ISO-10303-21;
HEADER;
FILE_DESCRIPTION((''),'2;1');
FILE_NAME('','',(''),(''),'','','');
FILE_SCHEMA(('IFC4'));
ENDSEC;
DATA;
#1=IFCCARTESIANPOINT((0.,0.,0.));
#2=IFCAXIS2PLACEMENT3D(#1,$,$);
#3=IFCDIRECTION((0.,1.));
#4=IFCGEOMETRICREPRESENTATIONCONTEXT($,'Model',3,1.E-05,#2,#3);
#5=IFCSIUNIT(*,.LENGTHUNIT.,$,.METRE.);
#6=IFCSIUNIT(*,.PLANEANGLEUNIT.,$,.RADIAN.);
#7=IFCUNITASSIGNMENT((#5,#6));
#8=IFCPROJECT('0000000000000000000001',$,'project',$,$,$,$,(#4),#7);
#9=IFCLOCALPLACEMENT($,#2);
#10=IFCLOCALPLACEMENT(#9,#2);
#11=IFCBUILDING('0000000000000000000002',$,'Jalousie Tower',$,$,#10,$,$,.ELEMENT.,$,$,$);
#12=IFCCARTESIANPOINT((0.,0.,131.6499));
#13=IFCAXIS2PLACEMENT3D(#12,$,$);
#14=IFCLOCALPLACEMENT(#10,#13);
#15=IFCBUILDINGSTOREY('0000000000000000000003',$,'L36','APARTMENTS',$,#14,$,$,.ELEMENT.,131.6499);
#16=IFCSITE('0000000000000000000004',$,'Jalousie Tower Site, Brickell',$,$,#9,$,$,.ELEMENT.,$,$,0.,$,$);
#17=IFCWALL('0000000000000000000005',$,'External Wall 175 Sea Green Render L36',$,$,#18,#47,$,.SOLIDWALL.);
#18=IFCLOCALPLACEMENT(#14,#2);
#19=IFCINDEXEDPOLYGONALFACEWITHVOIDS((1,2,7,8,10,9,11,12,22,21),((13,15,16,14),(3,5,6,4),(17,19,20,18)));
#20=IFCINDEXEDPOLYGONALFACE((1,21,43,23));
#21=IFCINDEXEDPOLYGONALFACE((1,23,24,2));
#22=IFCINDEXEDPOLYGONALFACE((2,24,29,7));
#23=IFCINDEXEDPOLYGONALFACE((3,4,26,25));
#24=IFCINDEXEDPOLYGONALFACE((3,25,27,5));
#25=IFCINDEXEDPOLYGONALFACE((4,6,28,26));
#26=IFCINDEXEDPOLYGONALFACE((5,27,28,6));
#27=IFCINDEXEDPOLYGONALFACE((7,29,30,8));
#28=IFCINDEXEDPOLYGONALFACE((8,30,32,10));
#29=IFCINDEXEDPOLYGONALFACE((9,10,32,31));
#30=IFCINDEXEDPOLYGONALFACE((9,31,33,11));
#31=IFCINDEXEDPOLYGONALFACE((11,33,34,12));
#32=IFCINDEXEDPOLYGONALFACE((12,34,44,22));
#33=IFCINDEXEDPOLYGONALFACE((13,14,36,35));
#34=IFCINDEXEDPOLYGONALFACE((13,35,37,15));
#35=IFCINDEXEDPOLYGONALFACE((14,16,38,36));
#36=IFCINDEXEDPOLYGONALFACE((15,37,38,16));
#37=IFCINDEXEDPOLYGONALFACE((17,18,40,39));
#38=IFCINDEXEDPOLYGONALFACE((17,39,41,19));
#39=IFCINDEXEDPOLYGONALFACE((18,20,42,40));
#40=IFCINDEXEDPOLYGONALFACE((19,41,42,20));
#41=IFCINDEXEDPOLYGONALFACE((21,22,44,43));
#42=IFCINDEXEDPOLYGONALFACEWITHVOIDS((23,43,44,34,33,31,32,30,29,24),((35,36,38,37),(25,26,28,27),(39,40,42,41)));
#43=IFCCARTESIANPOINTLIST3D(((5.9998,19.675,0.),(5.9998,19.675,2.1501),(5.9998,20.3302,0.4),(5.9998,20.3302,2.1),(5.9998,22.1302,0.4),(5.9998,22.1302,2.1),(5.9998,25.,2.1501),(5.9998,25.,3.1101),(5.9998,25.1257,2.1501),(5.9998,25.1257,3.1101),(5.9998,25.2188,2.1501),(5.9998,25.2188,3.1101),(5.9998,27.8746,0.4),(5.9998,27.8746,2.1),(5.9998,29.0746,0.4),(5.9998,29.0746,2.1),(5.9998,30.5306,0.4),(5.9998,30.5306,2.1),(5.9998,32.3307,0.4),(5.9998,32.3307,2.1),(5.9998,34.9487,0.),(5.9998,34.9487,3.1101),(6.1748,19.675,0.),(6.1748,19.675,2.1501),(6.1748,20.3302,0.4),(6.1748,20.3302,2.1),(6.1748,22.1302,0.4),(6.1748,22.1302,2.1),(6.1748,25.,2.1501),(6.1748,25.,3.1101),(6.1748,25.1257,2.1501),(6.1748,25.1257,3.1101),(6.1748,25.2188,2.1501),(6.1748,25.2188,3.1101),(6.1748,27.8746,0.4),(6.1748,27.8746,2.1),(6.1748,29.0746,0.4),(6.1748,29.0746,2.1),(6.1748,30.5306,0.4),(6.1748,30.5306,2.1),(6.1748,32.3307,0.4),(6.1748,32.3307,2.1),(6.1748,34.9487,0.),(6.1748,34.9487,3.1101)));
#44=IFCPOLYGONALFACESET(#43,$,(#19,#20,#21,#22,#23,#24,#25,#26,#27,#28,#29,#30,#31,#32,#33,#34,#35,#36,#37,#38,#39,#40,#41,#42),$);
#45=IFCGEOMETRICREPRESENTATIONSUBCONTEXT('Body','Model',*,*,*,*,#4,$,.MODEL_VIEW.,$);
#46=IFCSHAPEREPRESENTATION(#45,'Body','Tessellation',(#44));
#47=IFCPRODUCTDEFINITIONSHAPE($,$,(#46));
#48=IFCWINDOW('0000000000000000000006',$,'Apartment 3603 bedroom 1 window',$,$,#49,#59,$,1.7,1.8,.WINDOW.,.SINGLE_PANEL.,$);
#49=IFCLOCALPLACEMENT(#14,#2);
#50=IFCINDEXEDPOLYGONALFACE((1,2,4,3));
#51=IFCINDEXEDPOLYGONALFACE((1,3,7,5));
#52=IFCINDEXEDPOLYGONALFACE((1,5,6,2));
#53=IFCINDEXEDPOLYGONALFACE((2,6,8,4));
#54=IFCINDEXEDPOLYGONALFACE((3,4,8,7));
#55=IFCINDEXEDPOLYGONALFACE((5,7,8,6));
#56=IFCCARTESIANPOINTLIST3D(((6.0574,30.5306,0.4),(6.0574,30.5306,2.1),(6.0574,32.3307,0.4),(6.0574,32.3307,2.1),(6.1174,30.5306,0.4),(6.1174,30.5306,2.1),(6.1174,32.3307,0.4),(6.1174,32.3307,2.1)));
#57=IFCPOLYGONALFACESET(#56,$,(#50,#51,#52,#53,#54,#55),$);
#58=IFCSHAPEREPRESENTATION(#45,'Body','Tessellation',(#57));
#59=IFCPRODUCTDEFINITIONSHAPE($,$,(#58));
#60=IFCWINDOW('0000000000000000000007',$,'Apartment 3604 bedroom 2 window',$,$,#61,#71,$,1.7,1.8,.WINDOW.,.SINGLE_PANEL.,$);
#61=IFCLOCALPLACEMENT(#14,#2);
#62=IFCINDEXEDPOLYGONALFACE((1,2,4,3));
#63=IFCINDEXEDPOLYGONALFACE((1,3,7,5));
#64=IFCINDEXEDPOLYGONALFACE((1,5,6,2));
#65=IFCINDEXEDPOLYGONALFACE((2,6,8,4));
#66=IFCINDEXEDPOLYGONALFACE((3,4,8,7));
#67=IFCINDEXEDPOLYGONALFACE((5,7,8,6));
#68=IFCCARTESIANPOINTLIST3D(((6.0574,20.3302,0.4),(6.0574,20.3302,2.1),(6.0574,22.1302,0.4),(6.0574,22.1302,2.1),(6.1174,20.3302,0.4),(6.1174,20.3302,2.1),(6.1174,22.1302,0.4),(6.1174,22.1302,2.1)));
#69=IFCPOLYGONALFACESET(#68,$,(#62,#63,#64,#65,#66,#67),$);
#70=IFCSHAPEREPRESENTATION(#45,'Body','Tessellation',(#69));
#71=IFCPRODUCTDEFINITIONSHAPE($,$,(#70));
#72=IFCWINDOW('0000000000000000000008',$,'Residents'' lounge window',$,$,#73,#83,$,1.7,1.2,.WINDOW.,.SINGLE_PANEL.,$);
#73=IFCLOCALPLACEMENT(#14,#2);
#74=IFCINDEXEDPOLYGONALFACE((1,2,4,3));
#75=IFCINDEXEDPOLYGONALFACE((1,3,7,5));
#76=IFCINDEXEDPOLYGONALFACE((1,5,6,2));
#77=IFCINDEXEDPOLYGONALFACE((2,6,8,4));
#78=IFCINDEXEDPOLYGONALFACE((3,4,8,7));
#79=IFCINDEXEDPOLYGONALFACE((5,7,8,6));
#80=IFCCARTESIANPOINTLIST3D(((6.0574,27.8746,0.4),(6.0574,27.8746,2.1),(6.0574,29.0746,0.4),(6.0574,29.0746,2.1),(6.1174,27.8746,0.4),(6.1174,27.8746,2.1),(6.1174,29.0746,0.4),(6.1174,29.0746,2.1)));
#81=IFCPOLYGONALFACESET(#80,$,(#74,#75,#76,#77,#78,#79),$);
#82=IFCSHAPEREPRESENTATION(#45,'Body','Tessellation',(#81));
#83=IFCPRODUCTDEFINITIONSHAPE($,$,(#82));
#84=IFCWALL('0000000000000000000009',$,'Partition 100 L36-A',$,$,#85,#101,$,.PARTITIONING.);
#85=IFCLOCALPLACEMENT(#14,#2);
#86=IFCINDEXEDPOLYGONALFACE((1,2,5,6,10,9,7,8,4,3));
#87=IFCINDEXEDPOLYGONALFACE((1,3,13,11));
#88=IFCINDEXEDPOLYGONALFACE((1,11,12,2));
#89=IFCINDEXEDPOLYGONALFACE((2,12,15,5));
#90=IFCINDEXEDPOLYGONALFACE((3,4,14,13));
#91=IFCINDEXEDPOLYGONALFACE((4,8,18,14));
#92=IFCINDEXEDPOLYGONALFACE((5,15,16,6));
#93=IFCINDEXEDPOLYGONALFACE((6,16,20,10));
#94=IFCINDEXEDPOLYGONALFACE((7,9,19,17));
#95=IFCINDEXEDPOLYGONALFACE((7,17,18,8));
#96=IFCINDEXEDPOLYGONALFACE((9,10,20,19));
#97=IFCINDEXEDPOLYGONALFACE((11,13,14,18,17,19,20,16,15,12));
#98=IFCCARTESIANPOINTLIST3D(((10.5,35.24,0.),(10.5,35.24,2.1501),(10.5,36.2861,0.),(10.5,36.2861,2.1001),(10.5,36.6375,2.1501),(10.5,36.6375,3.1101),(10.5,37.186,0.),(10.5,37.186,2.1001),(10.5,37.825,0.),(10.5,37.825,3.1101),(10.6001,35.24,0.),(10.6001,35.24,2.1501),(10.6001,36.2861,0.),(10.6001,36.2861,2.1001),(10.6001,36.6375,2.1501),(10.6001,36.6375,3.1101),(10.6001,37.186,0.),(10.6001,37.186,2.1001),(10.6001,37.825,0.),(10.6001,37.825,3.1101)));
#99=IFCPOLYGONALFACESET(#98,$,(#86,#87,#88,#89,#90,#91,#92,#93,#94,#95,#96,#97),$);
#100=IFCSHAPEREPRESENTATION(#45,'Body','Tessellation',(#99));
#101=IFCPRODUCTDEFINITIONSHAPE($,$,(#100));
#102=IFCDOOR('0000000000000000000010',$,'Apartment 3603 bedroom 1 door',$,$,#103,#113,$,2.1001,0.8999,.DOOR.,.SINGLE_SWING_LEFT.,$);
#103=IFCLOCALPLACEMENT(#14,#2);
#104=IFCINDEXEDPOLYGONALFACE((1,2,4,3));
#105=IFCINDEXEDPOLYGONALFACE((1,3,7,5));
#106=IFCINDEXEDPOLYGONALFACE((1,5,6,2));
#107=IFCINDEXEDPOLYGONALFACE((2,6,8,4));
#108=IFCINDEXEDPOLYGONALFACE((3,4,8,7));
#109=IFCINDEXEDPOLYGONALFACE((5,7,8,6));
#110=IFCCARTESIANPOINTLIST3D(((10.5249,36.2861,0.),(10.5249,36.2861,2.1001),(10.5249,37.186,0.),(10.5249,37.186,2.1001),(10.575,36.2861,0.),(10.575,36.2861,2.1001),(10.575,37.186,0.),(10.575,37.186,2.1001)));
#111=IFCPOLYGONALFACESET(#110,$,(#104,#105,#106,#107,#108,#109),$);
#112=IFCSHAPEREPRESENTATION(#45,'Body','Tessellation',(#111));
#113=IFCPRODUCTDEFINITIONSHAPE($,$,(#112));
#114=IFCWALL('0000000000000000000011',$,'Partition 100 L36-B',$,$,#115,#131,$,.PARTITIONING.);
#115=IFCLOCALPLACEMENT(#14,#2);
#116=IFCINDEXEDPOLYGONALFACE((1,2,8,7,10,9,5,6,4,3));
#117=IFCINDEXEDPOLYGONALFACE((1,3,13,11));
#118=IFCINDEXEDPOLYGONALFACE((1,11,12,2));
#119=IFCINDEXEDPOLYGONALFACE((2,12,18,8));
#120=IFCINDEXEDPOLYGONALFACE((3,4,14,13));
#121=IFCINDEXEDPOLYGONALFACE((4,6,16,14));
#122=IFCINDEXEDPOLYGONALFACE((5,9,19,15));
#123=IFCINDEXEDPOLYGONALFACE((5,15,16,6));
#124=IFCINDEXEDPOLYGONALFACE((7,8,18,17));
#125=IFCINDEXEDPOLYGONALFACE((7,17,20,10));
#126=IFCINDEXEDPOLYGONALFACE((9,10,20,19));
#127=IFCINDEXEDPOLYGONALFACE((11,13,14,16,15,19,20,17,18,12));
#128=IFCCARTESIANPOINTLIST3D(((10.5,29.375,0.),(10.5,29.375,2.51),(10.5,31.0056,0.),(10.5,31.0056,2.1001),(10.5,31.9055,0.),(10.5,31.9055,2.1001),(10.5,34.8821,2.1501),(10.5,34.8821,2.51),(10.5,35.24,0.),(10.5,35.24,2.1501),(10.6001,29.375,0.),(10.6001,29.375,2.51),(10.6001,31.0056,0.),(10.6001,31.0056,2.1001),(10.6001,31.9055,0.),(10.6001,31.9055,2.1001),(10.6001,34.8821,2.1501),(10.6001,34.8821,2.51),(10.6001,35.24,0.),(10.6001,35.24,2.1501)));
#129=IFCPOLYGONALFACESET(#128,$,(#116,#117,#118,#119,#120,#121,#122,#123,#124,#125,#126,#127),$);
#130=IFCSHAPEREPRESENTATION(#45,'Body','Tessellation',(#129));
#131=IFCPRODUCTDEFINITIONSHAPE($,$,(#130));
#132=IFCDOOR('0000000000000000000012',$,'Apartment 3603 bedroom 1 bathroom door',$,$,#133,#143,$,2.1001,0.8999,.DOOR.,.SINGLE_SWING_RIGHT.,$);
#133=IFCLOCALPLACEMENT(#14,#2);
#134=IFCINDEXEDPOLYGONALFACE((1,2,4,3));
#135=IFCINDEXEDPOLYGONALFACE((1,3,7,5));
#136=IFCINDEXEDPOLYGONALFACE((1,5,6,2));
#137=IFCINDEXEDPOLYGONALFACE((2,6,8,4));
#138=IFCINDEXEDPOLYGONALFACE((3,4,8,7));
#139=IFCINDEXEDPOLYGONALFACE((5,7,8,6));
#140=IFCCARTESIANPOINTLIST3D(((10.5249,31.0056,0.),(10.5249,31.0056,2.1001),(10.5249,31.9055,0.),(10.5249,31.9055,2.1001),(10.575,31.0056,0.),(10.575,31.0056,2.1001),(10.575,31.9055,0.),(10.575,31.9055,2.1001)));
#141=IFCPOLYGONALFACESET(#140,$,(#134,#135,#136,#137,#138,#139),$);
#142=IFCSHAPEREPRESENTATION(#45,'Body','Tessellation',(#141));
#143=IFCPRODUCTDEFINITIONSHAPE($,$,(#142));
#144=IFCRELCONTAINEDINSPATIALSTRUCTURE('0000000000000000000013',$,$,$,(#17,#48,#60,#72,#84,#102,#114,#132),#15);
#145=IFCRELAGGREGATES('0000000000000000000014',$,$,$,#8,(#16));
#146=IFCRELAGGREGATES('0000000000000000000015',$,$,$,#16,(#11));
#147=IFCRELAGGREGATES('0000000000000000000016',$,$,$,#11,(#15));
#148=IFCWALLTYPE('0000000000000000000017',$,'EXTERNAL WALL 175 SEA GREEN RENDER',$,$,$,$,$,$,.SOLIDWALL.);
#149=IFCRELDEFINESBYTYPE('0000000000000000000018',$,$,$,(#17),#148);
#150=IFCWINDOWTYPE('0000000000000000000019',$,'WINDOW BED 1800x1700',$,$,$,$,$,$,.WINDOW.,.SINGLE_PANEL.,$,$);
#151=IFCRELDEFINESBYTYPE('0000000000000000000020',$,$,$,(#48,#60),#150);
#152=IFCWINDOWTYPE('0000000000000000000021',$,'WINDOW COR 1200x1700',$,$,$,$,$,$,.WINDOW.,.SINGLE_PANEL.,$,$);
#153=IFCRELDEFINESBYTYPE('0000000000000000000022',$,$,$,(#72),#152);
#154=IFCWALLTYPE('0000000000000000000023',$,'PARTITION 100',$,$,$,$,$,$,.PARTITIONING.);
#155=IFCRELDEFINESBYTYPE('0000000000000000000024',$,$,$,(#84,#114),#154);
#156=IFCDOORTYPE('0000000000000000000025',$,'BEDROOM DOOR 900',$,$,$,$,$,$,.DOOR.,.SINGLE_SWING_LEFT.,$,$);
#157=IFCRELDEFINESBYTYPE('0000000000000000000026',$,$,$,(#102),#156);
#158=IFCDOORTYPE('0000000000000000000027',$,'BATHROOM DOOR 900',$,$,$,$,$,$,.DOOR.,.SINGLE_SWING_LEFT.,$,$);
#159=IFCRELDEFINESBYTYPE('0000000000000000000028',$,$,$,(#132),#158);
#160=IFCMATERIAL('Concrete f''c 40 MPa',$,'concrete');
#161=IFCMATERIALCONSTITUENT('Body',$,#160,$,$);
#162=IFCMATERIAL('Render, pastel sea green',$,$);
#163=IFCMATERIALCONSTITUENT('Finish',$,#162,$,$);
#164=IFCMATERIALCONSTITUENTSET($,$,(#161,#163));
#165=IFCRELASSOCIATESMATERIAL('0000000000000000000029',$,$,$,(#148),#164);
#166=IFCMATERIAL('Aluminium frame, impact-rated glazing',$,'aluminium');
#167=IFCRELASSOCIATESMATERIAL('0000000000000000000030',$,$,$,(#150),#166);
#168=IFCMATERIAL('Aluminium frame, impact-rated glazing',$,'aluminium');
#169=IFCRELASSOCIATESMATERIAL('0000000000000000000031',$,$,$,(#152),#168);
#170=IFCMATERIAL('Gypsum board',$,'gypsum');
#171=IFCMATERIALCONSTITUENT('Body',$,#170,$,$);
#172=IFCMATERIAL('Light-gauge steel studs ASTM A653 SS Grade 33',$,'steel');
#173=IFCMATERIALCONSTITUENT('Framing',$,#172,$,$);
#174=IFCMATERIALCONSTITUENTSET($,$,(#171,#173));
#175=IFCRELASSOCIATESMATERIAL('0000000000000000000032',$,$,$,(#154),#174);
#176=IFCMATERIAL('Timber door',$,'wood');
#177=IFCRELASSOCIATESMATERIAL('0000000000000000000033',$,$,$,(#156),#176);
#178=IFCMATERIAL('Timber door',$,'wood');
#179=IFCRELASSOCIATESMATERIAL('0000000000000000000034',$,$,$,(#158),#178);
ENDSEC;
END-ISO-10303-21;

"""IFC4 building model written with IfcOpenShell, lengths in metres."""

from ifc_helpers import new_model, si_unit, direction, frame, frame_2d, origin, place, context, subcontext, project, spatial, polyline, rectangle, outline, extrude, material, constituent, constituent_set, type_object, element, fill, save


model = new_model("IFC4")

# Units and contexts
model_context = context("Model", 3, precision=1e-05, world=origin(), true_north=direction((0.0, 1.0)))
body_context = subcontext(model_context, "Body", "Model", "MODEL_VIEW")
ifc_project = project(units=[si_unit("LENGTHUNIT", "METRE"), si_unit("PLANEANGLEUNIT", "RADIAN")], contexts=[model_context])

# Site, building, storey
site_placement = place(None, origin())
site = spatial("IfcSite", under=ifc_project, at=site_placement, Name="Jalousie Tower Site, Brickell", CompositionType="ELEMENT", RefElevation=0.0)
building_placement = place(site_placement, origin())
building = spatial("IfcBuilding", under=site, at=building_placement, Name="Jalousie Tower", CompositionType="ELEMENT")
storey_placement = place(building_placement, frame((0.0, 0.0, 131.6499)))
storey = spatial("IfcBuildingStorey", under=building, at=storey_placement, Name="L36", Description="APARTMENTS", CompositionType="ELEMENT", Elevation=131.6499)

# Wall, openings, windows
ifc_material_1 = material(Name="Concrete f'c 40 MPa", Category="concrete")
ifc_constituent_1 = constituent(ifc_material_1, Name="Body")
ifc_material_2 = material(Name="Render, pastel sea green")
ifc_constituent_2 = constituent(ifc_material_2, Name="Finish")
ifc_constituent_set_1 = constituent_set(constituents=[ifc_constituent_1, ifc_constituent_2])
wall_type_1 = type_object("IfcWallType", Name="EXTERNAL WALL 175 SEA GREEN RENDER", PredefinedType="SOLIDWALL", material=ifc_constituent_set_1)
wall_1_placement = place(storey_placement, frame((6.0874, 34.9487, 0.0), z_axis=(0.0, 0.0, 1.0), x_axis=(0.0, -1.0, 0.0)))
wall_1 = element("IfcWall", 1, at=wall_1_placement, inside=storey, type_object=wall_type_1, Name="External Wall 175 Sea Green Render L36", PredefinedType="SOLIDWALL", context=body_context, shape_type="SweptSolid", body=[
    extrude(outline(polyline([(0.0, 0.0), (15.2737, 0.0), (15.2737, 2.1501), (9.9487, 2.1501), (9.9487, 3.1101), (9.823, 3.1101), (9.823, 2.1501), (9.73, 2.1501), (9.73, 3.1101), (0.0, 3.1101), (0.0, 0.0)])), frame((0.0, 0.0874, 0.0), z_axis=(0.0, -1.0, 0.0), x_axis=(1.0, 0.0, 0.0)), (0.0, 0.0, 1.0), 0.175),
])
opening_1_placement = place(wall_1_placement, frame((2.6182, 0.0, 0.3999)))
opening_1 = element("IfcOpeningElement", 2, at=opening_1_placement, cuts=wall_1, PredefinedType="OPENING", context=body_context, shape_type="SweptSolid", body=[
    extrude(rectangle(XDim=1.8, YDim=1.7, at=frame_2d((0.8999, 0.8501))), frame((0.0, 0.0974, 0.0), z_axis=(0.0, -1.0, 0.0), x_axis=(1.0, 0.0, 0.0)), (0.0, 0.0, 1.0), 0.1951),
])
opening_2_placement = place(wall_1_placement, frame((5.874, 0.0, 0.3999)))
opening_2 = element("IfcOpeningElement", 3, at=opening_2_placement, cuts=wall_1, PredefinedType="OPENING", context=body_context, shape_type="SweptSolid", body=[
    extrude(rectangle(XDim=1.2, YDim=1.7, at=frame_2d((0.6001, 0.8501))), frame((0.0, 0.0974, 0.0), z_axis=(0.0, -1.0, 0.0), x_axis=(1.0, 0.0, 0.0)), (0.0, 0.0, 1.0), 0.1951),
])
opening_3_placement = place(wall_1_placement, frame((12.8186, 0.0, 0.3999)))
opening_3 = element("IfcOpeningElement", 4, at=opening_3_placement, cuts=wall_1, PredefinedType="OPENING", context=body_context, shape_type="SweptSolid", body=[
    extrude(rectangle(XDim=1.8, YDim=1.7, at=frame_2d((0.8999, 0.8501))), frame((0.0, 0.0974, 0.0), z_axis=(0.0, -1.0, 0.0), x_axis=(1.0, 0.0, 0.0)), (0.0, 0.0, 1.0), 0.1951),
])
ifc_material_3 = material(Name="Aluminium frame, impact-rated glazing", Category="aluminium")
window_type_1 = type_object("IfcWindowType", Name="WINDOW BED 1800x1700", PartitioningType="SINGLE_PANEL", PredefinedType="WINDOW", material=ifc_material_3)
window_1_placement = place(opening_1_placement, origin())
window_1 = element("IfcWindow", 5, at=window_1_placement, inside=storey, type_object=window_type_1, Name="Apartment 3603 bedroom 1 window", OverallHeight=1.7, OverallWidth=1.8, PartitioningType="SINGLE_PANEL", PredefinedType="WINDOW", context=body_context, shape_type="SweptSolid", body=[
    extrude(rectangle(XDim=1.8, YDim=1.7, at=frame_2d((0.8999, 0.8501))), frame((0.0, 0.03, 0.0), z_axis=(0.0, -1.0, 0.0), x_axis=(1.0, 0.0, 0.0)), (0.0, 0.0, 1.0), 0.0601),
])
fill(opening_1, window_1)
window_2_placement = place(opening_3_placement, origin())
window_2 = element("IfcWindow", 6, at=window_2_placement, inside=storey, type_object=window_type_1, Name="Apartment 3604 bedroom 2 window", OverallHeight=1.7, OverallWidth=1.8, PartitioningType="SINGLE_PANEL", PredefinedType="WINDOW", context=body_context, shape_type="SweptSolid", body=[
    extrude(rectangle(XDim=1.8, YDim=1.7, at=frame_2d((0.8999, 0.8501))), frame((0.0, 0.03, 0.0), z_axis=(0.0, -1.0, 0.0), x_axis=(1.0, 0.0, 0.0)), (0.0, 0.0, 1.0), 0.0601),
])
fill(opening_3, window_2)
ifc_material_4 = material(Name="Aluminium frame, impact-rated glazing", Category="aluminium")
window_type_2 = type_object("IfcWindowType", Name="WINDOW COR 1200x1700", PartitioningType="SINGLE_PANEL", PredefinedType="WINDOW", material=ifc_material_4)
window_3_placement = place(opening_2_placement, origin())
window_3 = element("IfcWindow", 7, at=window_3_placement, inside=storey, type_object=window_type_2, Name="Residents' lounge window", OverallHeight=1.7, OverallWidth=1.2, PartitioningType="SINGLE_PANEL", PredefinedType="WINDOW", context=body_context, shape_type="SweptSolid", body=[
    extrude(rectangle(XDim=1.2, YDim=1.7, at=frame_2d((0.6001, 0.8501))), frame((0.0, 0.03, 0.0), z_axis=(0.0, -1.0, 0.0), x_axis=(1.0, 0.0, 0.0)), (0.0, 0.0, 1.0), 0.0601),
])
fill(opening_2, window_3)

# Walls, openings, doors
ifc_material_5 = material(Name="Gypsum board", Category="gypsum")
ifc_constituent_3 = constituent(ifc_material_5, Name="Body")
ifc_material_6 = material(Name="Light-gauge steel studs ASTM A653 SS Grade 33", Category="steel")
ifc_constituent_4 = constituent(ifc_material_6, Name="Framing")
ifc_constituent_set_2 = constituent_set(constituents=[ifc_constituent_3, ifc_constituent_4])
wall_type_2 = type_object("IfcWallType", Name="PARTITION 100", PredefinedType="PARTITIONING", material=ifc_constituent_set_2)
wall_2_placement = place(storey_placement, frame((10.55, 37.825, 0.0), z_axis=(0.0, 0.0, 1.0), x_axis=(0.0, -1.0, 0.0)))
wall_2 = element("IfcWall", 8, at=wall_2_placement, inside=storey, type_object=wall_type_2, Name="Partition 100 L36-A", PredefinedType="PARTITIONING", context=body_context, shape_type="SweptSolid", body=[
    extrude(outline(polyline([(0.0, 0.0), (2.585, 0.0), (2.585, 2.1501), (1.1875, 2.1501), (1.1875, 3.1101), (0.0, 3.1101), (0.0, 0.0)])), frame((0.0, 0.05, 0.0), z_axis=(0.0, -1.0, 0.0), x_axis=(1.0, 0.0, 0.0)), (0.0, 0.0, 1.0), 0.1001),
])
opening_4_placement = place(wall_2_placement, frame((0.6389, 0.0, 0.0)))
opening_4 = element("IfcOpeningElement", 9, at=opening_4_placement, cuts=wall_2, PredefinedType="OPENING", context=body_context, shape_type="SweptSolid", body=[
    extrude(rectangle(XDim=0.8999, YDim=2.1001, at=frame_2d((0.45, 1.05))), frame((0.0, 0.0601, 0.0), z_axis=(0.0, -1.0, 0.0), x_axis=(1.0, 0.0, 0.0)), (0.0, 0.0, 1.0), 0.1201),
])
ifc_material_7 = material(Name="Timber door", Category="wood")
door_type_1 = type_object("IfcDoorType", Name="BEDROOM DOOR 900", OperationType="SINGLE_SWING_LEFT", PredefinedType="DOOR", material=ifc_material_7)
door_1_placement = place(opening_4_placement, origin())
door_1 = element("IfcDoor", 10, at=door_1_placement, inside=storey, type_object=door_type_1, Name="Apartment 3603 bedroom 1 door", OperationType="SINGLE_SWING_LEFT", OverallHeight=2.1001, OverallWidth=0.8999, PredefinedType="DOOR", context=body_context, shape_type="SweptSolid", body=[
    extrude(rectangle(XDim=0.8999, YDim=2.1001, at=frame_2d((0.45, 1.05))), frame((0.0, 0.0249, 0.0), z_axis=(0.0, -1.0, 0.0), x_axis=(1.0, 0.0, 0.0)), (0.0, 0.0, 1.0), 0.05),
])
fill(opening_4, door_1)
wall_3_placement = place(storey_placement, frame((10.55, 35.24, 0.0), z_axis=(0.0, 0.0, 1.0), x_axis=(0.0, -1.0, 0.0)))
wall_3 = element("IfcWall", 11, at=wall_3_placement, inside=storey, type_object=wall_type_2, Name="Partition 100 L36-B", PredefinedType="PARTITIONING", context=body_context, shape_type="SweptSolid", body=[
    extrude(outline(polyline([(0.0, 0.0), (5.865, 0.0), (5.865, 2.51), (0.3579, 2.51), (0.3579, 2.1501), (0.0, 2.1501), (0.0, 0.0)])), frame((0.0, 0.05, 0.0), z_axis=(0.0, -1.0, 0.0), x_axis=(1.0, 0.0, 0.0)), (0.0, 0.0, 1.0), 0.1001),
])
opening_5_placement = place(wall_3_placement, frame((3.3345, 0.0, 0.0)))
opening_5 = element("IfcOpeningElement", 12, at=opening_5_placement, cuts=wall_3, PredefinedType="OPENING", context=body_context, shape_type="SweptSolid", body=[
    extrude(rectangle(XDim=0.8999, YDim=2.1001, at=frame_2d((0.45, 1.05))), frame((0.0, 0.0601, 0.0), z_axis=(0.0, -1.0, 0.0), x_axis=(1.0, 0.0, 0.0)), (0.0, 0.0, 1.0), 0.1201),
])
ifc_material_8 = material(Name="Timber door", Category="wood")
door_type_2 = type_object("IfcDoorType", Name="BATHROOM DOOR 900", OperationType="SINGLE_SWING_LEFT", PredefinedType="DOOR", material=ifc_material_8)
door_2_placement = place(opening_5_placement, origin())
door_2 = element("IfcDoor", 13, at=door_2_placement, inside=storey, type_object=door_type_2, Name="Apartment 3603 bedroom 1 bathroom door", OperationType="SINGLE_SWING_RIGHT", OverallHeight=2.1001, OverallWidth=0.8999, PredefinedType="DOOR", context=body_context, shape_type="SweptSolid", body=[
    extrude(rectangle(XDim=0.8999, YDim=2.1001, at=frame_2d((0.45, 1.05))), frame((0.0, 0.0249, 0.0), z_axis=(0.0, -1.0, 0.0), x_axis=(1.0, 0.0, 0.0)), (0.0, 0.0, 1.0), 0.05),
])
fill(opening_5, door_2)

save(model, "model.ifc")
